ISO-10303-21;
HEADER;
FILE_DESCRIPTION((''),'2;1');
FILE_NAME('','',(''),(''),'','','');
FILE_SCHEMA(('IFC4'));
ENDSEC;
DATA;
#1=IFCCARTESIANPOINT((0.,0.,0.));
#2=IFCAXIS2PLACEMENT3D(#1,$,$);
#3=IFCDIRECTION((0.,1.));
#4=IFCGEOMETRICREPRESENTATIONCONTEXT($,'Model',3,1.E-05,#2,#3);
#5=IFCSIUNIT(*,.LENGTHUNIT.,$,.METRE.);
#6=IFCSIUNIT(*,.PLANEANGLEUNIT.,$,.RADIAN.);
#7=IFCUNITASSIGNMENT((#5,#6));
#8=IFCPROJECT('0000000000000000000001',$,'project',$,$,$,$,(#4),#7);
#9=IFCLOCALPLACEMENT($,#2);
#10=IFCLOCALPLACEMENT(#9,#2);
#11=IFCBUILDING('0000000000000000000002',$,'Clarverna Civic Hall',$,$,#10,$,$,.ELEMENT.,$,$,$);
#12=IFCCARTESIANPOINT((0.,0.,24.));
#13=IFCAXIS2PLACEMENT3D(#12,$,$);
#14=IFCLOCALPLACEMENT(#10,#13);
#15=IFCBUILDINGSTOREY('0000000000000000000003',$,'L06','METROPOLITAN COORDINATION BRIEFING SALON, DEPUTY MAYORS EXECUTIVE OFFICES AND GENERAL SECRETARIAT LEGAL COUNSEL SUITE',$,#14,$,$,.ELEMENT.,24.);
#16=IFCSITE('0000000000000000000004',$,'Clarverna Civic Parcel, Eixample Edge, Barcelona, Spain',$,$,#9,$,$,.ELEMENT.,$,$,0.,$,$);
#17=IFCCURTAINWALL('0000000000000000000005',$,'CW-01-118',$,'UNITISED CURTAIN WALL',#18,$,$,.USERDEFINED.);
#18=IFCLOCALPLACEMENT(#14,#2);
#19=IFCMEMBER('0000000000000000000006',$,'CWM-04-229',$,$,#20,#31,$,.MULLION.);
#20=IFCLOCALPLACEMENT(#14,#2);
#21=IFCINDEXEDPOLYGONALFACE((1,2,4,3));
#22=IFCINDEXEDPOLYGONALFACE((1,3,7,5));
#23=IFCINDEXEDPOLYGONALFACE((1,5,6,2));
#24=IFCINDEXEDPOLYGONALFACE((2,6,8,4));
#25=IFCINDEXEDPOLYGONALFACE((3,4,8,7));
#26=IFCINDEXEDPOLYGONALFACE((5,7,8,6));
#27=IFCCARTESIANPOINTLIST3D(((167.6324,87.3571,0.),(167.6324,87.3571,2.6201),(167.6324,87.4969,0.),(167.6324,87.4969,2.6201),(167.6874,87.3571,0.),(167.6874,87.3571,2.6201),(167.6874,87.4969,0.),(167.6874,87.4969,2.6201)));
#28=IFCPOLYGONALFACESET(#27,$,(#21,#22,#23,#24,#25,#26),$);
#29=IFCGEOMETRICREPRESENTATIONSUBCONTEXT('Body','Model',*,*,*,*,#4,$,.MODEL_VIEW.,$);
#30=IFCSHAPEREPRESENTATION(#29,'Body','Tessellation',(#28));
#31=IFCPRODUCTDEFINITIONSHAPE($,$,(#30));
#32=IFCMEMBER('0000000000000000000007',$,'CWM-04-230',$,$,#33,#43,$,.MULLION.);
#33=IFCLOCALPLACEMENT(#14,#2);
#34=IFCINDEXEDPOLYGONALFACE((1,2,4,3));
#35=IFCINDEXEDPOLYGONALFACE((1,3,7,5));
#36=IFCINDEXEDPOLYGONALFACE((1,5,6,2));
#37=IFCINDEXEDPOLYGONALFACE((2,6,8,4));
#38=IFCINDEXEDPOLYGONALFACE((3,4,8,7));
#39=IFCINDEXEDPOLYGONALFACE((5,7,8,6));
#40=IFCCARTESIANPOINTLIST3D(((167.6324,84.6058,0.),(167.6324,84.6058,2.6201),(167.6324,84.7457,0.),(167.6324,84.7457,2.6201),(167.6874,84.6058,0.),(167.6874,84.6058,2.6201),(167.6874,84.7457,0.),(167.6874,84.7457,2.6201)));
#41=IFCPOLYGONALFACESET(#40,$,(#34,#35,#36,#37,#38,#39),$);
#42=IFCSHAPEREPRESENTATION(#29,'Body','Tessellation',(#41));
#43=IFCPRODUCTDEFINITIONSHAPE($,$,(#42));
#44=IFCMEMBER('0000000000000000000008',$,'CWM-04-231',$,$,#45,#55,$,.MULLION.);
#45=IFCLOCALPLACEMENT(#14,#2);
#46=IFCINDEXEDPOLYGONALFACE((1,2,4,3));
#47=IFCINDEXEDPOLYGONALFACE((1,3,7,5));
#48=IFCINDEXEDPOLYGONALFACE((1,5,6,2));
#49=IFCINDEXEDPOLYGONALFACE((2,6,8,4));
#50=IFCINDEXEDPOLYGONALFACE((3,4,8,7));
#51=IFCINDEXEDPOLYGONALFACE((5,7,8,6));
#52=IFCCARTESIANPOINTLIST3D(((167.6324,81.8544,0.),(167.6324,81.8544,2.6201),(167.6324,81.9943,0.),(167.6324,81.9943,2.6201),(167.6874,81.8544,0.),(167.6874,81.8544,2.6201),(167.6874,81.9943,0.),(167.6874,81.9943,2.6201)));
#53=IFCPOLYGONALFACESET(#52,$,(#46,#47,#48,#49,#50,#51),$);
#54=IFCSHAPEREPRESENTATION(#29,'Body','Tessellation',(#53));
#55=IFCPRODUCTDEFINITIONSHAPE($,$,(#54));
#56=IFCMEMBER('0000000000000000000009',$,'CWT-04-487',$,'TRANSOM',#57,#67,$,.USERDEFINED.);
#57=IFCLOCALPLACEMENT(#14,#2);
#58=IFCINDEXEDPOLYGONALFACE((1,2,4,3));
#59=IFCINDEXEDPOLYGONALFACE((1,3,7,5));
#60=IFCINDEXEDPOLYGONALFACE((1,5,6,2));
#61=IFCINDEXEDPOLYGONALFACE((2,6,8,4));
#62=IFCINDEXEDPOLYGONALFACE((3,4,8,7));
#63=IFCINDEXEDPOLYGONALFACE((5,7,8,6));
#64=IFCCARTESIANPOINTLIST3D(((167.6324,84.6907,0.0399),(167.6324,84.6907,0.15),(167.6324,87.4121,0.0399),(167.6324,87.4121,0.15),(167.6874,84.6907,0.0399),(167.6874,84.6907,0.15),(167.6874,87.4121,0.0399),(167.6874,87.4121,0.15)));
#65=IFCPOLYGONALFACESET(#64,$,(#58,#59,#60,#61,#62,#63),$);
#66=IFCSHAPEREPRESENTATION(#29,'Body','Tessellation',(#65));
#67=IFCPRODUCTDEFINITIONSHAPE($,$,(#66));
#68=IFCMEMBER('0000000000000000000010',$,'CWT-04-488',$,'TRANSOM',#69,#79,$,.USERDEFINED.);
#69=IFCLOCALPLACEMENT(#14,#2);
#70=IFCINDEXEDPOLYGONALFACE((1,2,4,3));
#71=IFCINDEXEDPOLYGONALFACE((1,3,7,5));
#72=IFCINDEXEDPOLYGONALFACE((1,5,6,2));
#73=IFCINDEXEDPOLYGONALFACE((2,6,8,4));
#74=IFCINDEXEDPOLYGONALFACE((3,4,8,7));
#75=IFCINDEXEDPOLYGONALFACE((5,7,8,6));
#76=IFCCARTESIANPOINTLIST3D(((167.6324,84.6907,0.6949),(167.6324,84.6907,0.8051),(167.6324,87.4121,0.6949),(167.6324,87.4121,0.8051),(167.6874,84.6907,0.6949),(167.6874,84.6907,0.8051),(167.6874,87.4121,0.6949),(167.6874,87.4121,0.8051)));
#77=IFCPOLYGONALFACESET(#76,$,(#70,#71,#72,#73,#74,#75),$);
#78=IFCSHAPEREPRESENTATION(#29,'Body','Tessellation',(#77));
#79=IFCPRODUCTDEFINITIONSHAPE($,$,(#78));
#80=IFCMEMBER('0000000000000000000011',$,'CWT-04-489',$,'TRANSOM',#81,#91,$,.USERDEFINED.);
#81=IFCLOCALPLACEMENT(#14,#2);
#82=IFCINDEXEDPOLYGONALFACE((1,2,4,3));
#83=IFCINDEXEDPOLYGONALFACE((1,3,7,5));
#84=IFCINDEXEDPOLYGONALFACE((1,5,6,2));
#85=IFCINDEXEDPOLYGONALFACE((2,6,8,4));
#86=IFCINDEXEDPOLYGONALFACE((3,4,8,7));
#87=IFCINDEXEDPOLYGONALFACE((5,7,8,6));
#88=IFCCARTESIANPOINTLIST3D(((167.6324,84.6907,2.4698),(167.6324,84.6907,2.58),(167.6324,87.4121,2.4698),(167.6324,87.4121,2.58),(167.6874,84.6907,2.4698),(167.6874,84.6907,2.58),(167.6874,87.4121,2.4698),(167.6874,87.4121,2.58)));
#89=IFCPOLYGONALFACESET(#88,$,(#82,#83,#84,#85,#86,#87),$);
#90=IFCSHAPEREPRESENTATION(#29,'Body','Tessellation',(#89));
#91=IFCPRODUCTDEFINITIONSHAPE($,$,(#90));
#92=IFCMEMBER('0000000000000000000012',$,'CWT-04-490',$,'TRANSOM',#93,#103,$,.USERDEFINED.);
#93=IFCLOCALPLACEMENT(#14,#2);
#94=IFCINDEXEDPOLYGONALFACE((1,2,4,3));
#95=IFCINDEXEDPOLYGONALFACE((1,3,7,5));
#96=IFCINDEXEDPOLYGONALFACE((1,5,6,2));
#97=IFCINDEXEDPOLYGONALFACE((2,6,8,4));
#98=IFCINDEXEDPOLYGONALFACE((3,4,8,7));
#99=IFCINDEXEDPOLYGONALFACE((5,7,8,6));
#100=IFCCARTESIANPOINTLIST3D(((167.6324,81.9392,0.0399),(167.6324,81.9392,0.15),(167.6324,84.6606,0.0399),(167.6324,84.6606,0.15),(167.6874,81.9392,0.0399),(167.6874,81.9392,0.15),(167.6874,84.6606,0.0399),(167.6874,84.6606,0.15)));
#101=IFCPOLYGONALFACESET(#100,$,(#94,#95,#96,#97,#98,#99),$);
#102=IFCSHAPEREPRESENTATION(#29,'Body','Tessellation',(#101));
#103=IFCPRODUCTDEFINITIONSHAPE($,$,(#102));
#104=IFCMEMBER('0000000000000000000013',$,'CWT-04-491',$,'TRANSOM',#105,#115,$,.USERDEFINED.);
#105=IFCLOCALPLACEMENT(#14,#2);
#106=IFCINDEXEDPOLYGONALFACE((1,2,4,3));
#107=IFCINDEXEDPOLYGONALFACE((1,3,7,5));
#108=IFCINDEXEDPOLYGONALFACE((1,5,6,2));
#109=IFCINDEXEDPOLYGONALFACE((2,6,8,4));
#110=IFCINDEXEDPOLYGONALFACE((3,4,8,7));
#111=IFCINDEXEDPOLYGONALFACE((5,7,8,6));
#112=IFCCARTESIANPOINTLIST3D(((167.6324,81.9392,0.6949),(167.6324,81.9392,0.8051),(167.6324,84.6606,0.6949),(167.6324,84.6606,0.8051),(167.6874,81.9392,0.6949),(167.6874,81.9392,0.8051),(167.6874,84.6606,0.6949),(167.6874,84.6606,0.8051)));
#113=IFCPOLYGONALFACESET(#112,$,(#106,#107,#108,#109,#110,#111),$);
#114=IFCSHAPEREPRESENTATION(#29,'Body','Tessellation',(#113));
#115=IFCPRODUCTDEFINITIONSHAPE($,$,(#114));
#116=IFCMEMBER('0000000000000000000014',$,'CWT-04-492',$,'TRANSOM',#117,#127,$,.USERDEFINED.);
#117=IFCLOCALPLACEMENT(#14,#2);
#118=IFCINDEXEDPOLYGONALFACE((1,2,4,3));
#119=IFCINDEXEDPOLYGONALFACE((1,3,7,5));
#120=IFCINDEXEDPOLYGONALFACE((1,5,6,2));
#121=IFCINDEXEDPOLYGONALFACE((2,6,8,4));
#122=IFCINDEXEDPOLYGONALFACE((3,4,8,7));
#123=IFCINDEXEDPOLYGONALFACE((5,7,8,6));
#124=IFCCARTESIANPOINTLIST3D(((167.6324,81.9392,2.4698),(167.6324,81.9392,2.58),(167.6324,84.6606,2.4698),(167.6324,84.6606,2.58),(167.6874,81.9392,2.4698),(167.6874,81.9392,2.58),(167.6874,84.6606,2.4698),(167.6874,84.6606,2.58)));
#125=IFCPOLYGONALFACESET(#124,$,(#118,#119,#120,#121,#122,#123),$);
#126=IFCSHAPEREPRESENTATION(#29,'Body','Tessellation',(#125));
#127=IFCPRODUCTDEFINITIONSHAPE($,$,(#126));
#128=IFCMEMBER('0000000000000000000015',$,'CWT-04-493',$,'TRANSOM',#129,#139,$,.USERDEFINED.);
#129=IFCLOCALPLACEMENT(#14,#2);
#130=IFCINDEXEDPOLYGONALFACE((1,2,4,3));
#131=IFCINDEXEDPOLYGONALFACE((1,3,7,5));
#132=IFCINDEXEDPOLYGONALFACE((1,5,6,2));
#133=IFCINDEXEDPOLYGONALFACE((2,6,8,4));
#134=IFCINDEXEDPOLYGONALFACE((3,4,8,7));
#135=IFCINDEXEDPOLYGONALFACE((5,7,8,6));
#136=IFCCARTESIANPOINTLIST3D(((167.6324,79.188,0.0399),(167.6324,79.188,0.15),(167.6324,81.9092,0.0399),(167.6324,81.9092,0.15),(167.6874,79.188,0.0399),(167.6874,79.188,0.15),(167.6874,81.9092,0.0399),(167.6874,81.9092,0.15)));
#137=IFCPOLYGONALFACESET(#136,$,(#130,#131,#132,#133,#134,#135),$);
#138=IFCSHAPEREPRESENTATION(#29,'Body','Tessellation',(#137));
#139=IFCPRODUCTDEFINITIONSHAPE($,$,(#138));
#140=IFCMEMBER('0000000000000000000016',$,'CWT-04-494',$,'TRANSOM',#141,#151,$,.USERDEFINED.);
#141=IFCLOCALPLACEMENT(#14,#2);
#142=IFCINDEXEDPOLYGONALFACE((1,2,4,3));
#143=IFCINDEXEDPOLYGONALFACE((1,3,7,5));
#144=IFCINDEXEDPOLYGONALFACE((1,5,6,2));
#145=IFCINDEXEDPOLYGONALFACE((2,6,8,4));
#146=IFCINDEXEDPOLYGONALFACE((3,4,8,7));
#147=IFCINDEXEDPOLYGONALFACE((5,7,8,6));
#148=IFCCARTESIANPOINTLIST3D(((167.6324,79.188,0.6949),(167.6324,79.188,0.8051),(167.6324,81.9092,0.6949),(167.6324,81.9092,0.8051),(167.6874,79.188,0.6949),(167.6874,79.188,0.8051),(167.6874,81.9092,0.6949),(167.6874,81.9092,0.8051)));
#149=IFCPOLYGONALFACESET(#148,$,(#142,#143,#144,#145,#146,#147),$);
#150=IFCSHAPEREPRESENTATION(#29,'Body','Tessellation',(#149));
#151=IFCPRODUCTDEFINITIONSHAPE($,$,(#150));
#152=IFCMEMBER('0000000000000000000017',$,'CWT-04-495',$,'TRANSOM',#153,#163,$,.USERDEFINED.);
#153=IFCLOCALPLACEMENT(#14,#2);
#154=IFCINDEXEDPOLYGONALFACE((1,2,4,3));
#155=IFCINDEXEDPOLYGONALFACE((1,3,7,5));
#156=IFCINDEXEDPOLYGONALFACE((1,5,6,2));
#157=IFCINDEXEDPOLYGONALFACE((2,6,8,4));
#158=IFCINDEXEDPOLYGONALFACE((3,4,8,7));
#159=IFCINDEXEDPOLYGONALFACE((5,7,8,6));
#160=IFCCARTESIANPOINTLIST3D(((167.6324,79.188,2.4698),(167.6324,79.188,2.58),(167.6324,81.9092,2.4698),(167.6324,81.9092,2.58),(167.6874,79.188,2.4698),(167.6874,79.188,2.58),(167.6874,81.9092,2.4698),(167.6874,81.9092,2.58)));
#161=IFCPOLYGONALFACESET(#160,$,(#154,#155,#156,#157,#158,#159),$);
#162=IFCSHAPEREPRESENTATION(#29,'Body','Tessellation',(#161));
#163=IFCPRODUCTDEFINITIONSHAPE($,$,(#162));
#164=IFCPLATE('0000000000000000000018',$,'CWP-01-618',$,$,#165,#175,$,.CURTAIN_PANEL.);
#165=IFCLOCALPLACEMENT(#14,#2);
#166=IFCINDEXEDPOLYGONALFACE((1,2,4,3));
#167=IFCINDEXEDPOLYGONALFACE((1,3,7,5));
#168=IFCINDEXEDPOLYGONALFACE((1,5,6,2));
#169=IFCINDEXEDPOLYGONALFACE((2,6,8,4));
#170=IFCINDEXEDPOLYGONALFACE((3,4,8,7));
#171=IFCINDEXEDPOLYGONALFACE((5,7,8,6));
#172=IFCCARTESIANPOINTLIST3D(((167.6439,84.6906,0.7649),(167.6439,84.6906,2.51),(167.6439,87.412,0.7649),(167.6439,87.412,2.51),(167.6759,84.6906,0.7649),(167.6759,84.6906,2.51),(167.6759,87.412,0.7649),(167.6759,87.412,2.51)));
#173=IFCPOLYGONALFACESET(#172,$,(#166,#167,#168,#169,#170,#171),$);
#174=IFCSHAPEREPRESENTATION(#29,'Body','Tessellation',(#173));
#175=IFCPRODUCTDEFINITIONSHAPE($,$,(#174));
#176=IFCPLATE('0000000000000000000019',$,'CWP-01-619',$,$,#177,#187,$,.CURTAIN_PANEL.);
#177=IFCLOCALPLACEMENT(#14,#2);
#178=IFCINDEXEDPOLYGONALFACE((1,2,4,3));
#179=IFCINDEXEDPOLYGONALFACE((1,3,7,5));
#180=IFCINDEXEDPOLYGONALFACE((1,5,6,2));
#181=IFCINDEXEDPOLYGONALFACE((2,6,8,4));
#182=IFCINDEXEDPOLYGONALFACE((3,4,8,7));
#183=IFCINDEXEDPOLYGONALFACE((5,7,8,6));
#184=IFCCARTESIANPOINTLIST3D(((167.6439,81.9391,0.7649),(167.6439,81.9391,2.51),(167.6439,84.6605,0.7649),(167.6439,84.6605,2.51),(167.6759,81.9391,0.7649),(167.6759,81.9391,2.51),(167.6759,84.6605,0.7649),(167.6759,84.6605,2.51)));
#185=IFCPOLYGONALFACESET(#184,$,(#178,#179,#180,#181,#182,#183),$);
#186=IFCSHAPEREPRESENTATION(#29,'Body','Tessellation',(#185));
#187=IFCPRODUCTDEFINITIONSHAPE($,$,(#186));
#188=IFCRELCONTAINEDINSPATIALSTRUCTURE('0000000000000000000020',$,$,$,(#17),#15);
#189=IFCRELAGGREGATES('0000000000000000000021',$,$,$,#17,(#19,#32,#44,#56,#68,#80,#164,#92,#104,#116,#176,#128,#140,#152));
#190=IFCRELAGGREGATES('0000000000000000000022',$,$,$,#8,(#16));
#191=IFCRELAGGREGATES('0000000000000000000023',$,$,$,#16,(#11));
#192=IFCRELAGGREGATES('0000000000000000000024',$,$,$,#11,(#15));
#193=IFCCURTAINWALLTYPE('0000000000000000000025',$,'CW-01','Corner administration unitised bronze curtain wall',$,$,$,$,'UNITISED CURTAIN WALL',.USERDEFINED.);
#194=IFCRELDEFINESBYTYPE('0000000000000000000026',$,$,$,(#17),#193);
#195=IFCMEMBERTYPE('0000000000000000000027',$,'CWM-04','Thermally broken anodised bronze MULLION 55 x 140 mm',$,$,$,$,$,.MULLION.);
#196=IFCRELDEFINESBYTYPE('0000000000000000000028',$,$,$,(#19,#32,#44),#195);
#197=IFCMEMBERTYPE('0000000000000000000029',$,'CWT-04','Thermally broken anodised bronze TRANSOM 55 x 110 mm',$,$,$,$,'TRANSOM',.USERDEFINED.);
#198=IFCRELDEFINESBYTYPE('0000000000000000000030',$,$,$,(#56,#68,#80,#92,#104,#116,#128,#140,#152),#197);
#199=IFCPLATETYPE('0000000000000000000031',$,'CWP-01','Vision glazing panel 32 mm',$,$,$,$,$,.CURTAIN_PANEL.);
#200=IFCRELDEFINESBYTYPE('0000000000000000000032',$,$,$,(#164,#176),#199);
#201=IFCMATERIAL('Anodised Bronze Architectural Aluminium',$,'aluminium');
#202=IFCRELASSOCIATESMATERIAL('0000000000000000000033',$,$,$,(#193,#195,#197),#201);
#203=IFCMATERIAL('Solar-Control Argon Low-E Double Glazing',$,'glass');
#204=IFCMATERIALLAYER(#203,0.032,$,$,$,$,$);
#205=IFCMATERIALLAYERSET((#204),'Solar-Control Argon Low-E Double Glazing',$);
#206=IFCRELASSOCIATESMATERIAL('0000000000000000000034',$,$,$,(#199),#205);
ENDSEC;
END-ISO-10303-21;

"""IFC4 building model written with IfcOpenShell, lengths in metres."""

from ifc_helpers import new_model, si_unit, direction, frame, frame_2d, origin, origin_2d, place, context, subcontext, project, spatial, rectangle, extrude, material, layer, layer_set, material_profile, profile_set, type_object, element, aggregate, save


model = new_model("IFC4")

# Units and contexts
model_context = context("Model", 3, precision=1e-05, world=origin(), true_north=direction((0.0, 1.0)))
body_context = subcontext(model_context, "Body", "Model", "MODEL_VIEW")
ifc_project = project(units=[si_unit("LENGTHUNIT", "METRE"), si_unit("PLANEANGLEUNIT", "RADIAN")], contexts=[model_context])

# Site, building, storey
site_placement = place(None, origin())
site = spatial("IfcSite", under=ifc_project, at=site_placement, Name="Clarverna Civic Parcel, Eixample Edge, Barcelona, Spain", CompositionType="ELEMENT", RefElevation=0.0)
building_placement = place(site_placement, origin())
building = spatial("IfcBuilding", under=site, at=building_placement, Name="Clarverna Civic Hall", CompositionType="ELEMENT")
storey_placement = place(building_placement, frame((0.0, 0.0, 24.0)))
storey = spatial("IfcBuildingStorey", under=building, at=storey_placement, Name="L06", Description="METROPOLITAN COORDINATION BRIEFING SALON, DEPUTY MAYORS EXECUTIVE OFFICES AND GENERAL SECRETARIAT LEGAL COUNSEL SUITE", CompositionType="ELEMENT", Elevation=24.0)

# Curtain wall, members, plates
ifc_material_1 = material(Name="Anodised Bronze Architectural Aluminium", Category="aluminium")
curtain_wall_type = type_object("IfcCurtainWallType", Name="CW-01", Description="Corner administration unitised bronze curtain wall", ElementType="UNITISED CURTAIN WALL", PredefinedType="USERDEFINED", material=ifc_material_1)
curtain_wall_placement = place(storey_placement, origin())
curtain_wall = element("IfcCurtainWall", 1, at=curtain_wall_placement, inside=storey, type_object=curtain_wall_type, Name="CW-01-118", ObjectType="UNITISED CURTAIN WALL", PredefinedType="USERDEFINED")
ifc_material_profile_1 = material_profile(ifc_material_1, rectangle(XDim=0.0549, YDim=0.1399, at=origin_2d()), Name="BRONZE 55x140")
ifc_profile_set_1 = profile_set([ifc_material_profile_1], Name="Anodised Bronze Architectural Aluminium")
member_type_1 = type_object("IfcMemberType", Name="CWM-04", Description="Thermally broken anodised bronze MULLION 55 x 140 mm", PredefinedType="MULLION", material=ifc_profile_set_1)
member_1_placement = place(storey_placement, frame((167.6599, 87.427, 0.0), z_axis=(0.0, 0.0, 1.0), x_axis=(1.0, 0.0, 0.0)))
member_1 = element("IfcMember", 2, at=member_1_placement, type_object=member_type_1, Name="CWM-04-229", PredefinedType="MULLION", context=body_context, shape_type="SweptSolid", body=[
    extrude(rectangle(XDim=0.0549, YDim=0.1399, at=origin_2d()), origin(), (0.0, 0.0, 1.0), 2.6201),
])
member_2_placement = place(storey_placement, frame((167.6599, 84.6758, 0.0), z_axis=(0.0, 0.0, 1.0), x_axis=(1.0, 0.0, 0.0)))
member_2 = element("IfcMember", 3, at=member_2_placement, type_object=member_type_1, Name="CWM-04-230", PredefinedType="MULLION", context=body_context, shape_type="SweptSolid", body=[
    extrude(rectangle(XDim=0.0549, YDim=0.1399, at=origin_2d()), origin(), (0.0, 0.0, 1.0), 2.6201),
])
member_3_placement = place(storey_placement, frame((167.6599, 81.9243, 0.0), z_axis=(0.0, 0.0, 1.0), x_axis=(1.0, 0.0, 0.0)))
member_3 = element("IfcMember", 4, at=member_3_placement, type_object=member_type_1, Name="CWM-04-231", PredefinedType="MULLION", context=body_context, shape_type="SweptSolid", body=[
    extrude(rectangle(XDim=0.0549, YDim=0.1399, at=origin_2d()), origin(), (0.0, 0.0, 1.0), 2.6201),
])
ifc_material_profile_2 = material_profile(ifc_material_1, rectangle(XDim=0.0549, YDim=0.1101, at=origin_2d()), Name="BRONZE 55x110")
ifc_profile_set_2 = profile_set([ifc_material_profile_2], Name="Anodised Bronze Architectural Aluminium")
member_type_2 = type_object("IfcMemberType", Name="CWT-04", Description="Thermally broken anodised bronze TRANSOM 55 x 110 mm", ElementType="TRANSOM", PredefinedType="USERDEFINED", material=ifc_profile_set_2)
member_4_placement = place(storey_placement, frame((167.6599, 87.4121, 0.095), z_axis=(0.0, -1.0, 0.0), x_axis=(1.0, 0.0, 0.0)))
member_4 = element("IfcMember", 5, at=member_4_placement, type_object=member_type_2, Name="CWT-04-487", ObjectType="TRANSOM", PredefinedType="USERDEFINED", context=body_context, shape_type="SweptSolid", body=[
    extrude(rectangle(XDim=0.0549, YDim=0.1101, at=origin_2d()), origin(), (0.0, 0.0, 1.0), 2.7214),
])
member_5_placement = place(storey_placement, frame((167.6599, 87.4121, 0.75), z_axis=(0.0, -1.0, 0.0), x_axis=(1.0, 0.0, 0.0)))
member_5 = element("IfcMember", 6, at=member_5_placement, type_object=member_type_2, Name="CWT-04-488", ObjectType="TRANSOM", PredefinedType="USERDEFINED", context=body_context, shape_type="SweptSolid", body=[
    extrude(rectangle(XDim=0.0549, YDim=0.1101, at=origin_2d()), origin(), (0.0, 0.0, 1.0), 2.7214),
])
member_6_placement = place(storey_placement, frame((167.6599, 87.4121, 2.5249), z_axis=(0.0, -1.0, 0.0), x_axis=(1.0, 0.0, 0.0)))
member_6 = element("IfcMember", 7, at=member_6_placement, type_object=member_type_2, Name="CWT-04-489", ObjectType="TRANSOM", PredefinedType="USERDEFINED", context=body_context, shape_type="SweptSolid", body=[
    extrude(rectangle(XDim=0.0549, YDim=0.1101, at=origin_2d()), origin(), (0.0, 0.0, 1.0), 2.7214),
])
member_7_placement = place(storey_placement, frame((167.6599, 84.6606, 0.095), z_axis=(0.0, -1.0, 0.0), x_axis=(1.0, 0.0, 0.0)))
member_7 = element("IfcMember", 8, at=member_7_placement, type_object=member_type_2, Name="CWT-04-490", ObjectType="TRANSOM", PredefinedType="USERDEFINED", context=body_context, shape_type="SweptSolid", body=[
    extrude(rectangle(XDim=0.0549, YDim=0.1101, at=origin_2d()), origin(), (0.0, 0.0, 1.0), 2.7214),
])
member_8_placement = place(storey_placement, frame((167.6599, 84.6606, 0.75), z_axis=(0.0, -1.0, 0.0), x_axis=(1.0, 0.0, 0.0)))
member_8 = element("IfcMember", 9, at=member_8_placement, type_object=member_type_2, Name="CWT-04-491", ObjectType="TRANSOM", PredefinedType="USERDEFINED", context=body_context, shape_type="SweptSolid", body=[
    extrude(rectangle(XDim=0.0549, YDim=0.1101, at=origin_2d()), origin(), (0.0, 0.0, 1.0), 2.7214),
])
member_9_placement = place(storey_placement, frame((167.6599, 84.6606, 2.5249), z_axis=(0.0, -1.0, 0.0), x_axis=(1.0, 0.0, 0.0)))
member_9 = element("IfcMember", 10, at=member_9_placement, type_object=member_type_2, Name="CWT-04-492", ObjectType="TRANSOM", PredefinedType="USERDEFINED", context=body_context, shape_type="SweptSolid", body=[
    extrude(rectangle(XDim=0.0549, YDim=0.1101, at=origin_2d()), origin(), (0.0, 0.0, 1.0), 2.7214),
])
member_10_placement = place(storey_placement, frame((167.6599, 81.9092, 0.095), z_axis=(0.0, -1.0, 0.0), x_axis=(1.0, 0.0, 0.0)))
member_10 = element("IfcMember", 11, at=member_10_placement, type_object=member_type_2, Name="CWT-04-493", ObjectType="TRANSOM", PredefinedType="USERDEFINED", context=body_context, shape_type="SweptSolid", body=[
    extrude(rectangle(XDim=0.0549, YDim=0.1101, at=origin_2d()), origin(), (0.0, 0.0, 1.0), 2.7212),
])
member_11_placement = place(storey_placement, frame((167.6599, 81.9092, 0.75), z_axis=(0.0, -1.0, 0.0), x_axis=(1.0, 0.0, 0.0)))
member_11 = element("IfcMember", 12, at=member_11_placement, type_object=member_type_2, Name="CWT-04-494", ObjectType="TRANSOM", PredefinedType="USERDEFINED", context=body_context, shape_type="SweptSolid", body=[
    extrude(rectangle(XDim=0.0549, YDim=0.1101, at=origin_2d()), origin(), (0.0, 0.0, 1.0), 2.7212),
])
member_12_placement = place(storey_placement, frame((167.6599, 81.9092, 2.5249), z_axis=(0.0, -1.0, 0.0), x_axis=(1.0, 0.0, 0.0)))
member_12 = element("IfcMember", 13, at=member_12_placement, type_object=member_type_2, Name="CWT-04-495", ObjectType="TRANSOM", PredefinedType="USERDEFINED", context=body_context, shape_type="SweptSolid", body=[
    extrude(rectangle(XDim=0.0549, YDim=0.1101, at=origin_2d()), origin(), (0.0, 0.0, 1.0), 2.7212),
])
ifc_material_2 = material(Name="Solar-Control Argon Low-E Double Glazing", Category="glass")
ifc_layer_1 = layer(ifc_material_2, 0.032)
ifc_layer_set_1 = layer_set([ifc_layer_1], Name="Solar-Control Argon Low-E Double Glazing")
plate_type_1 = type_object("IfcPlateType", Name="CWP-01", Description="Vision glazing panel 32 mm", PredefinedType="CURTAIN_PANEL", material=ifc_layer_set_1)
plate_1_placement = place(storey_placement, frame((167.6599, 87.4121, 0.7649), z_axis=(0.0, 0.0, 1.0), x_axis=(0.0, -1.0, 0.0)))
plate_1 = element("IfcPlate", 14, at=plate_1_placement, type_object=plate_type_1, Name="CWP-01-618", PredefinedType="CURTAIN_PANEL", context=body_context, shape_type="SweptSolid", body=[
    extrude(rectangle(XDim=2.7214, YDim=0.032, at=frame_2d((1.3608, 0.0))), origin(), (0.0, 0.0, 1.0), 1.7451),
])
plate_2_placement = place(storey_placement, frame((167.6599, 84.6606, 0.7649), z_axis=(0.0, 0.0, 1.0), x_axis=(0.0, -1.0, 0.0)))
plate_2 = element("IfcPlate", 15, at=plate_2_placement, type_object=plate_type_1, Name="CWP-01-619", PredefinedType="CURTAIN_PANEL", context=body_context, shape_type="SweptSolid", body=[
    extrude(rectangle(XDim=2.7214, YDim=0.032, at=frame_2d((1.3608, 0.0))), origin(), (0.0, 0.0, 1.0), 1.7451),
])
aggregate(curtain_wall, [member_1, member_2, member_3, member_4, member_5, member_6, plate_1, member_7, member_8, member_9, plate_2, member_10, member_11, member_12])

save(model, "model.ifc")
